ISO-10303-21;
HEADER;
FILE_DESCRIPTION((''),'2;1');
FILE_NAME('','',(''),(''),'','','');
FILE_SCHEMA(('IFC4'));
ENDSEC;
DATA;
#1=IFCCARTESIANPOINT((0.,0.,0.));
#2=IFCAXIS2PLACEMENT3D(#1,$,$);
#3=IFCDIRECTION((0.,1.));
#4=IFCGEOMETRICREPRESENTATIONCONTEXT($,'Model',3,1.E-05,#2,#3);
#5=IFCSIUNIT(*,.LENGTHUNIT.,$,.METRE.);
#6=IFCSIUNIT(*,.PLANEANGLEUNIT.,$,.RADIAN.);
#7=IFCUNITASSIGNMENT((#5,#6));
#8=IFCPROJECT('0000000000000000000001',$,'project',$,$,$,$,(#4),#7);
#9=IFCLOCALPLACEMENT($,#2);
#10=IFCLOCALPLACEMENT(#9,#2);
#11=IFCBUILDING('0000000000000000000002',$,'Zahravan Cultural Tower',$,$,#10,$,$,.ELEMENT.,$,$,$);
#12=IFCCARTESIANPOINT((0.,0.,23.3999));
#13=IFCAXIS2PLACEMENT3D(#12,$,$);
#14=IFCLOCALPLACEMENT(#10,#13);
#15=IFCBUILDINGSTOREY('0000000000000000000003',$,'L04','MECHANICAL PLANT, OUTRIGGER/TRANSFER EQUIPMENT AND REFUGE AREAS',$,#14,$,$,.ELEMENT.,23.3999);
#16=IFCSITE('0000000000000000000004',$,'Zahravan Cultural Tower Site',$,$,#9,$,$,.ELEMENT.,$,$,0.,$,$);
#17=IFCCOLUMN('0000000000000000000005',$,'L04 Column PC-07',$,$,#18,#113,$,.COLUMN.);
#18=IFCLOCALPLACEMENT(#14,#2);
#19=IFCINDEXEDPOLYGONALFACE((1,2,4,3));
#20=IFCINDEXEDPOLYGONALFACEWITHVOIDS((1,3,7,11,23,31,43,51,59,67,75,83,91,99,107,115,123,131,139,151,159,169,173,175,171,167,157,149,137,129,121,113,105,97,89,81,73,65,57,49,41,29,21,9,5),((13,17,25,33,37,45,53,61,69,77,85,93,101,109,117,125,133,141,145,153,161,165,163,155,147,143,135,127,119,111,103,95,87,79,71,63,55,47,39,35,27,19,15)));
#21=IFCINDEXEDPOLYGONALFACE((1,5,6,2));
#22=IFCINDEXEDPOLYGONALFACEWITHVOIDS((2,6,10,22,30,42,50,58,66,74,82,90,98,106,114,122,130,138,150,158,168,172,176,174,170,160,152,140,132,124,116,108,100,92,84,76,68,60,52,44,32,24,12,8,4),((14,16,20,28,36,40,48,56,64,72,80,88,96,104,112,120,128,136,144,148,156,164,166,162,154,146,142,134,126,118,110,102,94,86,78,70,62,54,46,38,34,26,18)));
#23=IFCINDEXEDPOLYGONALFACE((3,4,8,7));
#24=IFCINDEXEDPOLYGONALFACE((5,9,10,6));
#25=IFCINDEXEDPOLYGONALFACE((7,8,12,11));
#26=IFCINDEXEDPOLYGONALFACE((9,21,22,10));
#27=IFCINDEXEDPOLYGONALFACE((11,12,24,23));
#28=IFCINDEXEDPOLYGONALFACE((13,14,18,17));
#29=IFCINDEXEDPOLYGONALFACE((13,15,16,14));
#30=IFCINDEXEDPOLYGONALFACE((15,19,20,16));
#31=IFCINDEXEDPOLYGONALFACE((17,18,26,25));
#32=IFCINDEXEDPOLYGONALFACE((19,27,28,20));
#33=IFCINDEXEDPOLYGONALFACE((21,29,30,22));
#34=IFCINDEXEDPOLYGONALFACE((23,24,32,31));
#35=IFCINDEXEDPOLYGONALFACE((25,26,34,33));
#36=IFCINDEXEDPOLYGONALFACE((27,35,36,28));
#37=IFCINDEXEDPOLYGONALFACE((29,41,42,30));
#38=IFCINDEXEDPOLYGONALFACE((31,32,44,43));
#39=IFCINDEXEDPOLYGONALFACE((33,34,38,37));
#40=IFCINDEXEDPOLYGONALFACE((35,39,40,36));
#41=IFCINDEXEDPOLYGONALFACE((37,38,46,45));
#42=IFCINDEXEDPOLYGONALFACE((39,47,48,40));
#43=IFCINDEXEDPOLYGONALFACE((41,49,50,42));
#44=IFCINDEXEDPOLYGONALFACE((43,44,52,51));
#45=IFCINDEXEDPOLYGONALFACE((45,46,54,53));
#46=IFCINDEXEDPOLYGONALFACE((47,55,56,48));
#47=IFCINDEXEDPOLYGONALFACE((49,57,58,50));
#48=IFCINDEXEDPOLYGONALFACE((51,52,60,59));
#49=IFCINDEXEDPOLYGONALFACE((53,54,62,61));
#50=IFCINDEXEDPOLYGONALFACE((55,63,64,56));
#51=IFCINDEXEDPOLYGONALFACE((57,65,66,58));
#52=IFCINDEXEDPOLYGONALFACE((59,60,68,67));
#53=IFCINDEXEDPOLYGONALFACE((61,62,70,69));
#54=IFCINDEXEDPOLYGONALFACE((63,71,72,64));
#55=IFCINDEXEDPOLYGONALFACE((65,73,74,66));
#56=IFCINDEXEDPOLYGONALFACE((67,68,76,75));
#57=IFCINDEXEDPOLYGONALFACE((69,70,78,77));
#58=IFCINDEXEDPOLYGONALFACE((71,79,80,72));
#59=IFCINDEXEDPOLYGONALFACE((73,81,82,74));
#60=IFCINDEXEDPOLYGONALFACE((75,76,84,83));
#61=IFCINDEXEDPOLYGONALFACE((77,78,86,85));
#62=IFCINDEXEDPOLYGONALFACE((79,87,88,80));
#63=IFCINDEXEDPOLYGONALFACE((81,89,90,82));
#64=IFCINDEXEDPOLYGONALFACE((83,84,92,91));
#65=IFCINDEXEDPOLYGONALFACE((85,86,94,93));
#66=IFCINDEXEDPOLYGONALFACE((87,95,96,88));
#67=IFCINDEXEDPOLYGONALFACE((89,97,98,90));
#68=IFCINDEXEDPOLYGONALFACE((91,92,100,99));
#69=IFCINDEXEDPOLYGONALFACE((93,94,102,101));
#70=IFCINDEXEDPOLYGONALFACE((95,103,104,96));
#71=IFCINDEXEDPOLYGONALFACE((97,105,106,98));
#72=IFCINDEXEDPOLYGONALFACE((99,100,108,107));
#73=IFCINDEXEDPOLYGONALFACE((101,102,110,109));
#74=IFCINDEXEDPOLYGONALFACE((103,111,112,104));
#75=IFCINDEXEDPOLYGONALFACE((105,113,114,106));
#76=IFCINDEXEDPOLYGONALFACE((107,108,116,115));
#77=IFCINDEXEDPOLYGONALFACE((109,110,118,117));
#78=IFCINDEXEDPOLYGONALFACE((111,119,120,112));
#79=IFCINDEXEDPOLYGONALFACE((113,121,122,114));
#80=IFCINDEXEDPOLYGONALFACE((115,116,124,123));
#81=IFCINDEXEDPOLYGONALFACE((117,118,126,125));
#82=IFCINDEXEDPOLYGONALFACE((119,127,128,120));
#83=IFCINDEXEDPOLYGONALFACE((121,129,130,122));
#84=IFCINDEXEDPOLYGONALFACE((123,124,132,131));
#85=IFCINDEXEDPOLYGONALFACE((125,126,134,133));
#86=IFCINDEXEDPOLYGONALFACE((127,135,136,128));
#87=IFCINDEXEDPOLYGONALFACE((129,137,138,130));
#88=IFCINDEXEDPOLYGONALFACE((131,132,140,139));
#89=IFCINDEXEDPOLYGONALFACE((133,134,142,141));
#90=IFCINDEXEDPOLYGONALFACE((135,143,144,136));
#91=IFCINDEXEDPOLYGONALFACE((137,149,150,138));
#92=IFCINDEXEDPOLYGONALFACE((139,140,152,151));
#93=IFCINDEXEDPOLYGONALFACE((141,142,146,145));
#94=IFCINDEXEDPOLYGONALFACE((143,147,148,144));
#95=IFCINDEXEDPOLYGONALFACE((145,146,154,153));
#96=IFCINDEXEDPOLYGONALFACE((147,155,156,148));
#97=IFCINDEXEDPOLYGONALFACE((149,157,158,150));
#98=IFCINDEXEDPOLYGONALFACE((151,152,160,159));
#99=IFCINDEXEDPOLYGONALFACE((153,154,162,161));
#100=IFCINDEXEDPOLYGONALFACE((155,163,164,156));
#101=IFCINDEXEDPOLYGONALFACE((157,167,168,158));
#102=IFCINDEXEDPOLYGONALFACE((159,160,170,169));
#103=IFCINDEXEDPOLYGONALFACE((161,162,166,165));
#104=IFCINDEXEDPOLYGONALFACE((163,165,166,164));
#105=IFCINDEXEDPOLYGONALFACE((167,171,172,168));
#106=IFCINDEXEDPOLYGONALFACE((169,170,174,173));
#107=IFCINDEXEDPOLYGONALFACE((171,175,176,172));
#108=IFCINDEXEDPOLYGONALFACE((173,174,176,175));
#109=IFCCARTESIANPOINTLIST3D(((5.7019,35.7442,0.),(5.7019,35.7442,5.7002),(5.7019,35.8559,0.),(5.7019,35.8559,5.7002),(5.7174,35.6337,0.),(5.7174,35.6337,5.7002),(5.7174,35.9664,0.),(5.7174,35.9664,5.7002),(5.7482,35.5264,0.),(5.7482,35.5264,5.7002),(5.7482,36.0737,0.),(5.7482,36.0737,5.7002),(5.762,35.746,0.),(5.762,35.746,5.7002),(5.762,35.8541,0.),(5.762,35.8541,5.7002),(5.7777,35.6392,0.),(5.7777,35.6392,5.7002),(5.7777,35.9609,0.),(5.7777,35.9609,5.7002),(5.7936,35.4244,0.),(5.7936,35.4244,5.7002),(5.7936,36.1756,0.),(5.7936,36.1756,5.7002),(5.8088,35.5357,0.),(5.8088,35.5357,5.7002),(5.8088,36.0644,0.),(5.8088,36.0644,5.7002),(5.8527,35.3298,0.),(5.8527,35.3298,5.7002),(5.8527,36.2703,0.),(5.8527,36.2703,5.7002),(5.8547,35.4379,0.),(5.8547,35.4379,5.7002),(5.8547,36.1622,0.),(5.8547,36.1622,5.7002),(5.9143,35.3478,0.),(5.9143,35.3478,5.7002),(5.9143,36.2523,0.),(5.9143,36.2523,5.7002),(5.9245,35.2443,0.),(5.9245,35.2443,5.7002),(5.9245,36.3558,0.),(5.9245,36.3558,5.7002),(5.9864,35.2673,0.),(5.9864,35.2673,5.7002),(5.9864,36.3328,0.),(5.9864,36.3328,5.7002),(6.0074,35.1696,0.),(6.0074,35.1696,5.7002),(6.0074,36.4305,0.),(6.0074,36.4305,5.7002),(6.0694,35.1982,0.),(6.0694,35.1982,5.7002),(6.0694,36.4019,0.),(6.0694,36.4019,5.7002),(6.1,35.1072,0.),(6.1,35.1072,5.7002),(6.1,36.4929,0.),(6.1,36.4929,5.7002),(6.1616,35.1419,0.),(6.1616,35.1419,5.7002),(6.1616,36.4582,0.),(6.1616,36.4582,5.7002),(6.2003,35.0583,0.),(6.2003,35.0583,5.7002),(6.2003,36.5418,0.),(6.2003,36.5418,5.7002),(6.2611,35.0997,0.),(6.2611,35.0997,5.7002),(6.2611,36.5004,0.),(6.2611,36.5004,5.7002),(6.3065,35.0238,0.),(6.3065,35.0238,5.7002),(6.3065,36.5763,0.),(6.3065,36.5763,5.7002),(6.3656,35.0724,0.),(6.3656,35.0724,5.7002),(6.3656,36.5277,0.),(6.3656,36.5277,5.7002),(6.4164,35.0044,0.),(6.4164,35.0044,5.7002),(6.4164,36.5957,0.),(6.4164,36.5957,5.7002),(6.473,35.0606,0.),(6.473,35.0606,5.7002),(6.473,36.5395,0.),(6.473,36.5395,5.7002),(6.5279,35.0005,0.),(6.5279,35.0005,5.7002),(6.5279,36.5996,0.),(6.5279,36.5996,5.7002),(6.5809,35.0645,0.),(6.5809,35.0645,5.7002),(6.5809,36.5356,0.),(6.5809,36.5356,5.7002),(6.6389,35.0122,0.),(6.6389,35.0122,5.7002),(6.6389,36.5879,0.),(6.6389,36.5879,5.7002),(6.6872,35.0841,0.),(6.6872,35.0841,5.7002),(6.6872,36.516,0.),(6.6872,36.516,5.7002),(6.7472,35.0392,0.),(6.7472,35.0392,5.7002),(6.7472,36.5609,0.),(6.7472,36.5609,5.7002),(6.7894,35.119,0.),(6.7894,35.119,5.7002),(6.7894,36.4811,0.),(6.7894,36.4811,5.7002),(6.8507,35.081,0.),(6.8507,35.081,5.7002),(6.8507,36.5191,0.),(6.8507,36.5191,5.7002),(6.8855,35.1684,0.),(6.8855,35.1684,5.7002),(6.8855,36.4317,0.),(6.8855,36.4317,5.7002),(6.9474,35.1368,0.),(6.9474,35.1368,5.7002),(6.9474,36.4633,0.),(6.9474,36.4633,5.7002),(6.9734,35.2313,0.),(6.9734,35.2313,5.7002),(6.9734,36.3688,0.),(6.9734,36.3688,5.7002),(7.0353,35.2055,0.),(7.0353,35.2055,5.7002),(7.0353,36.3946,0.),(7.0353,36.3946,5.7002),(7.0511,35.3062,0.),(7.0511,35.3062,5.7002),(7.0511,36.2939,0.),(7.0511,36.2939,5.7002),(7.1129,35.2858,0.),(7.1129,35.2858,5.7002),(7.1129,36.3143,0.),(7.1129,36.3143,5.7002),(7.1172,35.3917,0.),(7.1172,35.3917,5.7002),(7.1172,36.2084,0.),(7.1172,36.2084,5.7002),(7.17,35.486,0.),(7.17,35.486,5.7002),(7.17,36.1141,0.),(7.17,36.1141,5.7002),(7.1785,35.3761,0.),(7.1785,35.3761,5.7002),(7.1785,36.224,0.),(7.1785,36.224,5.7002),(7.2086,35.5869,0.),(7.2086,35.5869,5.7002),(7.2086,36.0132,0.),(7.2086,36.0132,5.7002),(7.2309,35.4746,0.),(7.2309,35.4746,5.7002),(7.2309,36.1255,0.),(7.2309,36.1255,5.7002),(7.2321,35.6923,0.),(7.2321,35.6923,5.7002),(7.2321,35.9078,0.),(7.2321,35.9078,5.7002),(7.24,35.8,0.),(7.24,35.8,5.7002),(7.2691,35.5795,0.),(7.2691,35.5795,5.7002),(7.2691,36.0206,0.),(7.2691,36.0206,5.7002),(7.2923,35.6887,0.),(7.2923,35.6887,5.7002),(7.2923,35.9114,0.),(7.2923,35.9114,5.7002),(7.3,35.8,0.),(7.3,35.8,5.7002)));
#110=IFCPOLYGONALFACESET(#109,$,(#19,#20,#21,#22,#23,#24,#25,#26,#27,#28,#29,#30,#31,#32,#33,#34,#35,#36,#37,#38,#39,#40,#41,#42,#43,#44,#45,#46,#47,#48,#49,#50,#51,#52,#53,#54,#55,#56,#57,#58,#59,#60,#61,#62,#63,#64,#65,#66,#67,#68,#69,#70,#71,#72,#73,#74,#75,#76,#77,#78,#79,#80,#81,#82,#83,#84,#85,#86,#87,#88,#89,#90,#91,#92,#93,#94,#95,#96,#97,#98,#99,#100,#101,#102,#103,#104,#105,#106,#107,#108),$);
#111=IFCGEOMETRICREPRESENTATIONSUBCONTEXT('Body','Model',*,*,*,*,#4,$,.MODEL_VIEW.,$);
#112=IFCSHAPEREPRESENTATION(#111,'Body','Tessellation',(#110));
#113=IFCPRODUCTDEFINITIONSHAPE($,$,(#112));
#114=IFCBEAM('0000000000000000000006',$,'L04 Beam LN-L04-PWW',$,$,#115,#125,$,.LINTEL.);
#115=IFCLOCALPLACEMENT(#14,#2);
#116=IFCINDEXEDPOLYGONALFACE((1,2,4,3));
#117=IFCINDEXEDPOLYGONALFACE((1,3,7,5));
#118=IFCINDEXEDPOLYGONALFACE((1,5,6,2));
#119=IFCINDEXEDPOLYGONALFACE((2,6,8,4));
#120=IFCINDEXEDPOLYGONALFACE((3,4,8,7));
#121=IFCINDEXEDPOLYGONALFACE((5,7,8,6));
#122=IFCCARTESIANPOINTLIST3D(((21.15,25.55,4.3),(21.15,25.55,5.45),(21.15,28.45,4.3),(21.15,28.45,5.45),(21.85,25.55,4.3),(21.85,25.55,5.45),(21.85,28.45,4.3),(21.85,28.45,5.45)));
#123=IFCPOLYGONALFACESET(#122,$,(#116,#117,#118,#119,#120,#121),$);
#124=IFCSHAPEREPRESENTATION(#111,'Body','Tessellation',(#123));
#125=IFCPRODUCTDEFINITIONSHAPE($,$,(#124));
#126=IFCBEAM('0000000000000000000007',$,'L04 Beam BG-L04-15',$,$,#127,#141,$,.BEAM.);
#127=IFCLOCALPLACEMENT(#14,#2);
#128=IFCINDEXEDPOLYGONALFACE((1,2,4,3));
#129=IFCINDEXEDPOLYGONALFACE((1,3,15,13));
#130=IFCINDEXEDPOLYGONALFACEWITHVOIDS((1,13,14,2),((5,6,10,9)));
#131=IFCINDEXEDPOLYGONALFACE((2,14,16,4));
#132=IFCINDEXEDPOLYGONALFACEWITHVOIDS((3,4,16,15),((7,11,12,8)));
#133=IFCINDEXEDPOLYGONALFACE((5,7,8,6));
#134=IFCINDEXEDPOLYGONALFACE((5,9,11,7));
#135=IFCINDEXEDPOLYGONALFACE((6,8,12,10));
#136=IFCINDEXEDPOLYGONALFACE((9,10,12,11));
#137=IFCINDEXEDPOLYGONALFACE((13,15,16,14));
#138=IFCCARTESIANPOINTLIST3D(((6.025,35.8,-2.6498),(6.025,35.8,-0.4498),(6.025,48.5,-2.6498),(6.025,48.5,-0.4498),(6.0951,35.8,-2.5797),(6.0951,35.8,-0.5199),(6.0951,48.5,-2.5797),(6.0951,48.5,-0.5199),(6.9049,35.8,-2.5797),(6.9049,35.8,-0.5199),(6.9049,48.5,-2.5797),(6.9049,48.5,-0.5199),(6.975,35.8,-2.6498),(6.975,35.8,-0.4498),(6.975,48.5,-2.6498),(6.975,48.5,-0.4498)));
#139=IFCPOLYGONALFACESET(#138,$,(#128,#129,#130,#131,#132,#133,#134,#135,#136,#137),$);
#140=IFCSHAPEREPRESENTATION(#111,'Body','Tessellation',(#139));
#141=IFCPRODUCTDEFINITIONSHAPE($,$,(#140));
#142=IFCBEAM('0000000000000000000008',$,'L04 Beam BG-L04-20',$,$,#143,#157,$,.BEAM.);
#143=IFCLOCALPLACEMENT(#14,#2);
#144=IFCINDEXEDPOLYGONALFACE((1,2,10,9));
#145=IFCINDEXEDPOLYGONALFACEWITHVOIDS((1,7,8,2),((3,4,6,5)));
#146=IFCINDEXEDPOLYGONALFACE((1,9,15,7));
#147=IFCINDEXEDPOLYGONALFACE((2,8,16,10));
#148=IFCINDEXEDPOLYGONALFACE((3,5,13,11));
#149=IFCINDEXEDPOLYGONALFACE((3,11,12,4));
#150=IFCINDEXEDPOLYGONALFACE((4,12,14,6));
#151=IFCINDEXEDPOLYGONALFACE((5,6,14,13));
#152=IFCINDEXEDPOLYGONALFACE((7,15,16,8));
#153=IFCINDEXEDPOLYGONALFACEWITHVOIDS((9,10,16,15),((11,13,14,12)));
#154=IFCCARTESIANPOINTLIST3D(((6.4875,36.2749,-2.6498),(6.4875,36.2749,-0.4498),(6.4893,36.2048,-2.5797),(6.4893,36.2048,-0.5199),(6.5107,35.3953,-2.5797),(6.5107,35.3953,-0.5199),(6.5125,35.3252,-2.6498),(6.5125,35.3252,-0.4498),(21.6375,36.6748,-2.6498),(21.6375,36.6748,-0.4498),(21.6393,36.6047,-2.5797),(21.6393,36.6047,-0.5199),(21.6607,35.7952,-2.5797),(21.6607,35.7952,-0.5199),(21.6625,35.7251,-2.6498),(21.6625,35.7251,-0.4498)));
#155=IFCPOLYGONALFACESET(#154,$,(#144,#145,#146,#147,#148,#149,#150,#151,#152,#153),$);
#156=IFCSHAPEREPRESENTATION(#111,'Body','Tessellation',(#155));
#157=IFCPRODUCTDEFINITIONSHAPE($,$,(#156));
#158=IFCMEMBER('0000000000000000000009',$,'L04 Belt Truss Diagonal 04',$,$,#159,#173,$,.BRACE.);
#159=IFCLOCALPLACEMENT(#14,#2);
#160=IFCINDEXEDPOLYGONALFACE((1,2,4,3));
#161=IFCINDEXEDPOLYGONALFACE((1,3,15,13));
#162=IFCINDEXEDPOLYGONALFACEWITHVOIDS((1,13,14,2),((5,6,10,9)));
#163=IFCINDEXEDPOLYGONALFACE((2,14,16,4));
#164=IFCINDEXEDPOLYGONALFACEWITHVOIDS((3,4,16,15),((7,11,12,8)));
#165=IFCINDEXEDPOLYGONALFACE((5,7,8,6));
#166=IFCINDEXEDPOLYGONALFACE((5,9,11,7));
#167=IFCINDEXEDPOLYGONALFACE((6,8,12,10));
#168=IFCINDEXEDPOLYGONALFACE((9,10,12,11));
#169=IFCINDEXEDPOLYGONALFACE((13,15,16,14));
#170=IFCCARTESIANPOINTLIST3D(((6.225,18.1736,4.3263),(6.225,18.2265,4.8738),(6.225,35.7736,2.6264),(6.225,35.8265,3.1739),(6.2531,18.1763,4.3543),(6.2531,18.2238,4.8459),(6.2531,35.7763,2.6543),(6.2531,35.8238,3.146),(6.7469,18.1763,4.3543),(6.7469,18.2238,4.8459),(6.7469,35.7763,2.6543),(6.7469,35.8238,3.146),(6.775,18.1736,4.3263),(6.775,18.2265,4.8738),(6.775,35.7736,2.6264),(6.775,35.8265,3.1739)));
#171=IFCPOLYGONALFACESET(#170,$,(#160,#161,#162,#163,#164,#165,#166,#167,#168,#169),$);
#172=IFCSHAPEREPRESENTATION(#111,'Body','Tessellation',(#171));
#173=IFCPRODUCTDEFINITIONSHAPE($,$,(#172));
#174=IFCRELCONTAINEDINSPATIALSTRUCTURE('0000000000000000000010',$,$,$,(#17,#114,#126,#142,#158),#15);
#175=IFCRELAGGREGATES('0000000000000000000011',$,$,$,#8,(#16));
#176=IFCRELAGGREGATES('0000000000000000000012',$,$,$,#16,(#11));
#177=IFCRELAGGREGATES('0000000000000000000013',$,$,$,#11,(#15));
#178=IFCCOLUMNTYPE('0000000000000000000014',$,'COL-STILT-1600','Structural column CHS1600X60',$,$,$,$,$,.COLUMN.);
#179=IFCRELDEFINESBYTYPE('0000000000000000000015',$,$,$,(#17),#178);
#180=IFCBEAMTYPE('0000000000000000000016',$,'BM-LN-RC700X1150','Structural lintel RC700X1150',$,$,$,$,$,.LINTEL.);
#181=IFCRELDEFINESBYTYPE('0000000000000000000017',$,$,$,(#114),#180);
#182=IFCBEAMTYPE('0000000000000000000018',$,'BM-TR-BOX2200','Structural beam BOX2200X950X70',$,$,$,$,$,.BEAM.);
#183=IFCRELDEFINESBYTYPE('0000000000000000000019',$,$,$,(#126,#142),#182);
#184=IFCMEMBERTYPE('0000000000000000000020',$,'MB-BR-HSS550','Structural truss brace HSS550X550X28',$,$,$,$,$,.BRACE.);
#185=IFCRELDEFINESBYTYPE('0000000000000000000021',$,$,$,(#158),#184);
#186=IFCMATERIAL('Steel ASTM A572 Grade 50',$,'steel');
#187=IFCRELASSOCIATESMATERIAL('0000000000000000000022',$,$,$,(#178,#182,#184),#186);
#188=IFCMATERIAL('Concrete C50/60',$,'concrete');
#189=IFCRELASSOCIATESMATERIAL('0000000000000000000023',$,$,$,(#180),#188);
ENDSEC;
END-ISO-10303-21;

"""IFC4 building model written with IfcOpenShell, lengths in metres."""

from ifc_helpers import new_model, si_unit, direction, frame, origin, origin_2d, place, context, subcontext, project, spatial, rectangle, hollow_rectangle, hollow_circle, extrude, source, transform, mapped, material, material_profile, profile_set, type_object, element, save


model = new_model("IFC4")

# Units and contexts
model_context = context("Model", 3, precision=1e-05, world=origin(), true_north=direction((0.0, 1.0)))
body_context = subcontext(model_context, "Body", "Model", "MODEL_VIEW")
ifc_project = project(units=[si_unit("LENGTHUNIT", "METRE"), si_unit("PLANEANGLEUNIT", "RADIAN")], contexts=[model_context])

# Site, building, storey
site_placement = place(None, origin())
site = spatial("IfcSite", under=ifc_project, at=site_placement, Name="Zahravan Cultural Tower Site", CompositionType="ELEMENT", RefElevation=0.0)
building_placement = place(site_placement, origin())
building = spatial("IfcBuilding", under=site, at=building_placement, Name="Zahravan Cultural Tower", CompositionType="ELEMENT")
storey_placement = place(building_placement, frame((0.0, 0.0, 23.3999)))
storey = spatial("IfcBuildingStorey", under=building, at=storey_placement, Name="L04", Description="MECHANICAL PLANT, OUTRIGGER/TRANSFER EQUIPMENT AND REFUGE AREAS", CompositionType="ELEMENT", Elevation=23.3999)

# Column
ifc_material_1 = material(Name="Steel ASTM A572 Grade 50", Category="steel")
ifc_material_profile_1 = material_profile(ifc_material_1, hollow_circle(Radius=0.8, WallThickness=0.0601, at=origin_2d()), Name="CHS1600X60")
ifc_profile_set_1 = profile_set([ifc_material_profile_1], Name="Steel ASTM A572 Grade 50")
column_type = type_object("IfcColumnType", Name="COL-STILT-1600", Description="Structural column CHS1600X60", PredefinedType="COLUMN", material=ifc_profile_set_1)
shared_shape_1 = source(origin(), body_context, "Body", "SweptSolid", [
    extrude(hollow_circle(Radius=0.8, WallThickness=0.0601, at=origin_2d()), origin(), (0.0, 0.0, 1.0), 5.7002),
])
column_placement = place(storey_placement, frame((6.5, 35.8, 0.0), z_axis=(0.0, 0.0, 1.0), x_axis=(1.0, 0.0, 0.0)))
element("IfcColumn", 1, at=column_placement, inside=storey, type_object=column_type, Name="L04 Column PC-07", PredefinedType="COLUMN", context=body_context, shape_type="MappedRepresentation", body=[
    mapped(shared_shape_1, transform((0.0, 0.0, 0.0), x_axis=(1.0, 0.0, 0.0), y_axis=(0.0, 1.0, 0.0), z_axis=(0.0, 0.0, 1.0), scale=1.0)),
])

# Beams
ifc_material_2 = material(Name="Concrete C50/60", Category="concrete")
ifc_material_profile_2 = material_profile(ifc_material_2, rectangle(XDim=0.7, YDim=1.1499, at=origin_2d()), Name="RC700X1150")
ifc_profile_set_2 = profile_set([ifc_material_profile_2], Name="Concrete C50/60")
beam_type_1 = type_object("IfcBeamType", Name="BM-LN-RC700X1150", Description="Structural lintel RC700X1150", PredefinedType="LINTEL", material=ifc_profile_set_2)
shared_shape_2 = source(origin(), body_context, "Body", "SweptSolid", [
    extrude(rectangle(XDim=0.7, YDim=1.1499, at=origin_2d()), origin(), (0.0, 0.0, 1.0), 2.8999),
])
beam_1_placement = place(storey_placement, frame((21.5, 25.55, 4.875), z_axis=(0.0, 1.0, 0.0), x_axis=(-1.0, 0.0, 0.0)))
element("IfcBeam", 2, at=beam_1_placement, inside=storey, type_object=beam_type_1, Name="L04 Beam LN-L04-PWW", PredefinedType="LINTEL", context=body_context, shape_type="MappedRepresentation", body=[
    mapped(shared_shape_2, transform((0.0, 0.0, 0.0), x_axis=(1.0, 0.0, 0.0), y_axis=(0.0, 1.0, 0.0), z_axis=(0.0, 0.0, 1.0), scale=1.0)),
])
ifc_material_profile_3 = material_profile(ifc_material_1, hollow_rectangle(XDim=0.95, YDim=2.2, WallThickness=0.0701, at=origin_2d()), Name="BOX2200X950X70")
ifc_profile_set_3 = profile_set([ifc_material_profile_3], Name="Steel ASTM A572 Grade 50")
beam_type_2 = type_object("IfcBeamType", Name="BM-TR-BOX2200", Description="Structural beam BOX2200X950X70", PredefinedType="BEAM", material=ifc_profile_set_3)
shared_shape_3 = source(origin(), body_context, "Body", "SweptSolid", [
    extrude(hollow_rectangle(XDim=0.95, YDim=2.2, WallThickness=0.0701, at=origin_2d()), origin(), (0.0, 0.0, 1.0), 12.7),
])
beam_2_placement = place(storey_placement, frame((6.5, 35.8, -1.5498), z_axis=(0.0, 1.0, 0.0), x_axis=(-1.0, 0.0, 0.0)))
element("IfcBeam", 3, at=beam_2_placement, inside=storey, type_object=beam_type_2, Name="L04 Beam BG-L04-15", PredefinedType="BEAM", context=body_context, shape_type="MappedRepresentation", body=[
    mapped(shared_shape_3, transform((0.0, 0.0, 0.0), x_axis=(1.0, 0.0, 0.0), y_axis=(0.0, 1.0, 0.0), z_axis=(0.0, 0.0, 1.0), scale=1.0)),
])
shared_shape_4 = source(origin(), body_context, "Body", "SweptSolid", [
    extrude(hollow_rectangle(XDim=0.95, YDim=2.2, WallThickness=0.0701, at=origin_2d()), origin(), (0.0, 0.0, 1.0), 15.1553),
])
beam_3_placement = place(storey_placement, frame((6.5, 35.8, -1.5498), z_axis=(0.999652, 0.026387, 0.0), x_axis=(-0.026387, 0.999652, 0.0)))
element("IfcBeam", 4, at=beam_3_placement, inside=storey, type_object=beam_type_2, Name="L04 Beam BG-L04-20", PredefinedType="BEAM", context=body_context, shape_type="MappedRepresentation", body=[
    mapped(shared_shape_4, transform((0.0, 0.0, 0.0), x_axis=(1.0, 0.0, 0.0), y_axis=(0.0, 1.0, 0.0), z_axis=(0.0, 0.0, 1.0), scale=1.0)),
])

# Member
ifc_material_profile_4 = material_profile(ifc_material_1, hollow_rectangle(XDim=0.55, YDim=0.55, WallThickness=0.0281, at=origin_2d()), Name="HSS550X550X28")
ifc_profile_set_4 = profile_set([ifc_material_profile_4], Name="Steel ASTM A572 Grade 50")
member_type_1 = type_object("IfcMemberType", Name="MB-BR-HSS550", Description="Structural truss brace HSS550X550X28", PredefinedType="BRACE", material=ifc_profile_set_4)
shared_shape_5 = source(origin(), body_context, "Body", "SweptSolid", [
    extrude(hollow_rectangle(XDim=0.55, YDim=0.55, WallThickness=0.0281, at=origin_2d()), origin(), (0.0, 0.0, 1.0), 17.6819),
])
member_1_placement = place(storey_placement, frame((6.5, 35.8, 2.9001), z_axis=(0.0, -0.995368, 0.09614), x_axis=(1.0, 0.0, 0.0)))
element("IfcMember", 5, at=member_1_placement, inside=storey, type_object=member_type_1, Name="L04 Belt Truss Diagonal 04", PredefinedType="BRACE", context=body_context, shape_type="MappedRepresentation", body=[
    mapped(shared_shape_5, transform((0.0, 0.0, 0.0), x_axis=(1.0, 0.0, 0.0), y_axis=(0.0, 1.0, 0.0), z_axis=(0.0, 0.0, 1.0), scale=1.0)),
])

save(model, "model.ifc")
